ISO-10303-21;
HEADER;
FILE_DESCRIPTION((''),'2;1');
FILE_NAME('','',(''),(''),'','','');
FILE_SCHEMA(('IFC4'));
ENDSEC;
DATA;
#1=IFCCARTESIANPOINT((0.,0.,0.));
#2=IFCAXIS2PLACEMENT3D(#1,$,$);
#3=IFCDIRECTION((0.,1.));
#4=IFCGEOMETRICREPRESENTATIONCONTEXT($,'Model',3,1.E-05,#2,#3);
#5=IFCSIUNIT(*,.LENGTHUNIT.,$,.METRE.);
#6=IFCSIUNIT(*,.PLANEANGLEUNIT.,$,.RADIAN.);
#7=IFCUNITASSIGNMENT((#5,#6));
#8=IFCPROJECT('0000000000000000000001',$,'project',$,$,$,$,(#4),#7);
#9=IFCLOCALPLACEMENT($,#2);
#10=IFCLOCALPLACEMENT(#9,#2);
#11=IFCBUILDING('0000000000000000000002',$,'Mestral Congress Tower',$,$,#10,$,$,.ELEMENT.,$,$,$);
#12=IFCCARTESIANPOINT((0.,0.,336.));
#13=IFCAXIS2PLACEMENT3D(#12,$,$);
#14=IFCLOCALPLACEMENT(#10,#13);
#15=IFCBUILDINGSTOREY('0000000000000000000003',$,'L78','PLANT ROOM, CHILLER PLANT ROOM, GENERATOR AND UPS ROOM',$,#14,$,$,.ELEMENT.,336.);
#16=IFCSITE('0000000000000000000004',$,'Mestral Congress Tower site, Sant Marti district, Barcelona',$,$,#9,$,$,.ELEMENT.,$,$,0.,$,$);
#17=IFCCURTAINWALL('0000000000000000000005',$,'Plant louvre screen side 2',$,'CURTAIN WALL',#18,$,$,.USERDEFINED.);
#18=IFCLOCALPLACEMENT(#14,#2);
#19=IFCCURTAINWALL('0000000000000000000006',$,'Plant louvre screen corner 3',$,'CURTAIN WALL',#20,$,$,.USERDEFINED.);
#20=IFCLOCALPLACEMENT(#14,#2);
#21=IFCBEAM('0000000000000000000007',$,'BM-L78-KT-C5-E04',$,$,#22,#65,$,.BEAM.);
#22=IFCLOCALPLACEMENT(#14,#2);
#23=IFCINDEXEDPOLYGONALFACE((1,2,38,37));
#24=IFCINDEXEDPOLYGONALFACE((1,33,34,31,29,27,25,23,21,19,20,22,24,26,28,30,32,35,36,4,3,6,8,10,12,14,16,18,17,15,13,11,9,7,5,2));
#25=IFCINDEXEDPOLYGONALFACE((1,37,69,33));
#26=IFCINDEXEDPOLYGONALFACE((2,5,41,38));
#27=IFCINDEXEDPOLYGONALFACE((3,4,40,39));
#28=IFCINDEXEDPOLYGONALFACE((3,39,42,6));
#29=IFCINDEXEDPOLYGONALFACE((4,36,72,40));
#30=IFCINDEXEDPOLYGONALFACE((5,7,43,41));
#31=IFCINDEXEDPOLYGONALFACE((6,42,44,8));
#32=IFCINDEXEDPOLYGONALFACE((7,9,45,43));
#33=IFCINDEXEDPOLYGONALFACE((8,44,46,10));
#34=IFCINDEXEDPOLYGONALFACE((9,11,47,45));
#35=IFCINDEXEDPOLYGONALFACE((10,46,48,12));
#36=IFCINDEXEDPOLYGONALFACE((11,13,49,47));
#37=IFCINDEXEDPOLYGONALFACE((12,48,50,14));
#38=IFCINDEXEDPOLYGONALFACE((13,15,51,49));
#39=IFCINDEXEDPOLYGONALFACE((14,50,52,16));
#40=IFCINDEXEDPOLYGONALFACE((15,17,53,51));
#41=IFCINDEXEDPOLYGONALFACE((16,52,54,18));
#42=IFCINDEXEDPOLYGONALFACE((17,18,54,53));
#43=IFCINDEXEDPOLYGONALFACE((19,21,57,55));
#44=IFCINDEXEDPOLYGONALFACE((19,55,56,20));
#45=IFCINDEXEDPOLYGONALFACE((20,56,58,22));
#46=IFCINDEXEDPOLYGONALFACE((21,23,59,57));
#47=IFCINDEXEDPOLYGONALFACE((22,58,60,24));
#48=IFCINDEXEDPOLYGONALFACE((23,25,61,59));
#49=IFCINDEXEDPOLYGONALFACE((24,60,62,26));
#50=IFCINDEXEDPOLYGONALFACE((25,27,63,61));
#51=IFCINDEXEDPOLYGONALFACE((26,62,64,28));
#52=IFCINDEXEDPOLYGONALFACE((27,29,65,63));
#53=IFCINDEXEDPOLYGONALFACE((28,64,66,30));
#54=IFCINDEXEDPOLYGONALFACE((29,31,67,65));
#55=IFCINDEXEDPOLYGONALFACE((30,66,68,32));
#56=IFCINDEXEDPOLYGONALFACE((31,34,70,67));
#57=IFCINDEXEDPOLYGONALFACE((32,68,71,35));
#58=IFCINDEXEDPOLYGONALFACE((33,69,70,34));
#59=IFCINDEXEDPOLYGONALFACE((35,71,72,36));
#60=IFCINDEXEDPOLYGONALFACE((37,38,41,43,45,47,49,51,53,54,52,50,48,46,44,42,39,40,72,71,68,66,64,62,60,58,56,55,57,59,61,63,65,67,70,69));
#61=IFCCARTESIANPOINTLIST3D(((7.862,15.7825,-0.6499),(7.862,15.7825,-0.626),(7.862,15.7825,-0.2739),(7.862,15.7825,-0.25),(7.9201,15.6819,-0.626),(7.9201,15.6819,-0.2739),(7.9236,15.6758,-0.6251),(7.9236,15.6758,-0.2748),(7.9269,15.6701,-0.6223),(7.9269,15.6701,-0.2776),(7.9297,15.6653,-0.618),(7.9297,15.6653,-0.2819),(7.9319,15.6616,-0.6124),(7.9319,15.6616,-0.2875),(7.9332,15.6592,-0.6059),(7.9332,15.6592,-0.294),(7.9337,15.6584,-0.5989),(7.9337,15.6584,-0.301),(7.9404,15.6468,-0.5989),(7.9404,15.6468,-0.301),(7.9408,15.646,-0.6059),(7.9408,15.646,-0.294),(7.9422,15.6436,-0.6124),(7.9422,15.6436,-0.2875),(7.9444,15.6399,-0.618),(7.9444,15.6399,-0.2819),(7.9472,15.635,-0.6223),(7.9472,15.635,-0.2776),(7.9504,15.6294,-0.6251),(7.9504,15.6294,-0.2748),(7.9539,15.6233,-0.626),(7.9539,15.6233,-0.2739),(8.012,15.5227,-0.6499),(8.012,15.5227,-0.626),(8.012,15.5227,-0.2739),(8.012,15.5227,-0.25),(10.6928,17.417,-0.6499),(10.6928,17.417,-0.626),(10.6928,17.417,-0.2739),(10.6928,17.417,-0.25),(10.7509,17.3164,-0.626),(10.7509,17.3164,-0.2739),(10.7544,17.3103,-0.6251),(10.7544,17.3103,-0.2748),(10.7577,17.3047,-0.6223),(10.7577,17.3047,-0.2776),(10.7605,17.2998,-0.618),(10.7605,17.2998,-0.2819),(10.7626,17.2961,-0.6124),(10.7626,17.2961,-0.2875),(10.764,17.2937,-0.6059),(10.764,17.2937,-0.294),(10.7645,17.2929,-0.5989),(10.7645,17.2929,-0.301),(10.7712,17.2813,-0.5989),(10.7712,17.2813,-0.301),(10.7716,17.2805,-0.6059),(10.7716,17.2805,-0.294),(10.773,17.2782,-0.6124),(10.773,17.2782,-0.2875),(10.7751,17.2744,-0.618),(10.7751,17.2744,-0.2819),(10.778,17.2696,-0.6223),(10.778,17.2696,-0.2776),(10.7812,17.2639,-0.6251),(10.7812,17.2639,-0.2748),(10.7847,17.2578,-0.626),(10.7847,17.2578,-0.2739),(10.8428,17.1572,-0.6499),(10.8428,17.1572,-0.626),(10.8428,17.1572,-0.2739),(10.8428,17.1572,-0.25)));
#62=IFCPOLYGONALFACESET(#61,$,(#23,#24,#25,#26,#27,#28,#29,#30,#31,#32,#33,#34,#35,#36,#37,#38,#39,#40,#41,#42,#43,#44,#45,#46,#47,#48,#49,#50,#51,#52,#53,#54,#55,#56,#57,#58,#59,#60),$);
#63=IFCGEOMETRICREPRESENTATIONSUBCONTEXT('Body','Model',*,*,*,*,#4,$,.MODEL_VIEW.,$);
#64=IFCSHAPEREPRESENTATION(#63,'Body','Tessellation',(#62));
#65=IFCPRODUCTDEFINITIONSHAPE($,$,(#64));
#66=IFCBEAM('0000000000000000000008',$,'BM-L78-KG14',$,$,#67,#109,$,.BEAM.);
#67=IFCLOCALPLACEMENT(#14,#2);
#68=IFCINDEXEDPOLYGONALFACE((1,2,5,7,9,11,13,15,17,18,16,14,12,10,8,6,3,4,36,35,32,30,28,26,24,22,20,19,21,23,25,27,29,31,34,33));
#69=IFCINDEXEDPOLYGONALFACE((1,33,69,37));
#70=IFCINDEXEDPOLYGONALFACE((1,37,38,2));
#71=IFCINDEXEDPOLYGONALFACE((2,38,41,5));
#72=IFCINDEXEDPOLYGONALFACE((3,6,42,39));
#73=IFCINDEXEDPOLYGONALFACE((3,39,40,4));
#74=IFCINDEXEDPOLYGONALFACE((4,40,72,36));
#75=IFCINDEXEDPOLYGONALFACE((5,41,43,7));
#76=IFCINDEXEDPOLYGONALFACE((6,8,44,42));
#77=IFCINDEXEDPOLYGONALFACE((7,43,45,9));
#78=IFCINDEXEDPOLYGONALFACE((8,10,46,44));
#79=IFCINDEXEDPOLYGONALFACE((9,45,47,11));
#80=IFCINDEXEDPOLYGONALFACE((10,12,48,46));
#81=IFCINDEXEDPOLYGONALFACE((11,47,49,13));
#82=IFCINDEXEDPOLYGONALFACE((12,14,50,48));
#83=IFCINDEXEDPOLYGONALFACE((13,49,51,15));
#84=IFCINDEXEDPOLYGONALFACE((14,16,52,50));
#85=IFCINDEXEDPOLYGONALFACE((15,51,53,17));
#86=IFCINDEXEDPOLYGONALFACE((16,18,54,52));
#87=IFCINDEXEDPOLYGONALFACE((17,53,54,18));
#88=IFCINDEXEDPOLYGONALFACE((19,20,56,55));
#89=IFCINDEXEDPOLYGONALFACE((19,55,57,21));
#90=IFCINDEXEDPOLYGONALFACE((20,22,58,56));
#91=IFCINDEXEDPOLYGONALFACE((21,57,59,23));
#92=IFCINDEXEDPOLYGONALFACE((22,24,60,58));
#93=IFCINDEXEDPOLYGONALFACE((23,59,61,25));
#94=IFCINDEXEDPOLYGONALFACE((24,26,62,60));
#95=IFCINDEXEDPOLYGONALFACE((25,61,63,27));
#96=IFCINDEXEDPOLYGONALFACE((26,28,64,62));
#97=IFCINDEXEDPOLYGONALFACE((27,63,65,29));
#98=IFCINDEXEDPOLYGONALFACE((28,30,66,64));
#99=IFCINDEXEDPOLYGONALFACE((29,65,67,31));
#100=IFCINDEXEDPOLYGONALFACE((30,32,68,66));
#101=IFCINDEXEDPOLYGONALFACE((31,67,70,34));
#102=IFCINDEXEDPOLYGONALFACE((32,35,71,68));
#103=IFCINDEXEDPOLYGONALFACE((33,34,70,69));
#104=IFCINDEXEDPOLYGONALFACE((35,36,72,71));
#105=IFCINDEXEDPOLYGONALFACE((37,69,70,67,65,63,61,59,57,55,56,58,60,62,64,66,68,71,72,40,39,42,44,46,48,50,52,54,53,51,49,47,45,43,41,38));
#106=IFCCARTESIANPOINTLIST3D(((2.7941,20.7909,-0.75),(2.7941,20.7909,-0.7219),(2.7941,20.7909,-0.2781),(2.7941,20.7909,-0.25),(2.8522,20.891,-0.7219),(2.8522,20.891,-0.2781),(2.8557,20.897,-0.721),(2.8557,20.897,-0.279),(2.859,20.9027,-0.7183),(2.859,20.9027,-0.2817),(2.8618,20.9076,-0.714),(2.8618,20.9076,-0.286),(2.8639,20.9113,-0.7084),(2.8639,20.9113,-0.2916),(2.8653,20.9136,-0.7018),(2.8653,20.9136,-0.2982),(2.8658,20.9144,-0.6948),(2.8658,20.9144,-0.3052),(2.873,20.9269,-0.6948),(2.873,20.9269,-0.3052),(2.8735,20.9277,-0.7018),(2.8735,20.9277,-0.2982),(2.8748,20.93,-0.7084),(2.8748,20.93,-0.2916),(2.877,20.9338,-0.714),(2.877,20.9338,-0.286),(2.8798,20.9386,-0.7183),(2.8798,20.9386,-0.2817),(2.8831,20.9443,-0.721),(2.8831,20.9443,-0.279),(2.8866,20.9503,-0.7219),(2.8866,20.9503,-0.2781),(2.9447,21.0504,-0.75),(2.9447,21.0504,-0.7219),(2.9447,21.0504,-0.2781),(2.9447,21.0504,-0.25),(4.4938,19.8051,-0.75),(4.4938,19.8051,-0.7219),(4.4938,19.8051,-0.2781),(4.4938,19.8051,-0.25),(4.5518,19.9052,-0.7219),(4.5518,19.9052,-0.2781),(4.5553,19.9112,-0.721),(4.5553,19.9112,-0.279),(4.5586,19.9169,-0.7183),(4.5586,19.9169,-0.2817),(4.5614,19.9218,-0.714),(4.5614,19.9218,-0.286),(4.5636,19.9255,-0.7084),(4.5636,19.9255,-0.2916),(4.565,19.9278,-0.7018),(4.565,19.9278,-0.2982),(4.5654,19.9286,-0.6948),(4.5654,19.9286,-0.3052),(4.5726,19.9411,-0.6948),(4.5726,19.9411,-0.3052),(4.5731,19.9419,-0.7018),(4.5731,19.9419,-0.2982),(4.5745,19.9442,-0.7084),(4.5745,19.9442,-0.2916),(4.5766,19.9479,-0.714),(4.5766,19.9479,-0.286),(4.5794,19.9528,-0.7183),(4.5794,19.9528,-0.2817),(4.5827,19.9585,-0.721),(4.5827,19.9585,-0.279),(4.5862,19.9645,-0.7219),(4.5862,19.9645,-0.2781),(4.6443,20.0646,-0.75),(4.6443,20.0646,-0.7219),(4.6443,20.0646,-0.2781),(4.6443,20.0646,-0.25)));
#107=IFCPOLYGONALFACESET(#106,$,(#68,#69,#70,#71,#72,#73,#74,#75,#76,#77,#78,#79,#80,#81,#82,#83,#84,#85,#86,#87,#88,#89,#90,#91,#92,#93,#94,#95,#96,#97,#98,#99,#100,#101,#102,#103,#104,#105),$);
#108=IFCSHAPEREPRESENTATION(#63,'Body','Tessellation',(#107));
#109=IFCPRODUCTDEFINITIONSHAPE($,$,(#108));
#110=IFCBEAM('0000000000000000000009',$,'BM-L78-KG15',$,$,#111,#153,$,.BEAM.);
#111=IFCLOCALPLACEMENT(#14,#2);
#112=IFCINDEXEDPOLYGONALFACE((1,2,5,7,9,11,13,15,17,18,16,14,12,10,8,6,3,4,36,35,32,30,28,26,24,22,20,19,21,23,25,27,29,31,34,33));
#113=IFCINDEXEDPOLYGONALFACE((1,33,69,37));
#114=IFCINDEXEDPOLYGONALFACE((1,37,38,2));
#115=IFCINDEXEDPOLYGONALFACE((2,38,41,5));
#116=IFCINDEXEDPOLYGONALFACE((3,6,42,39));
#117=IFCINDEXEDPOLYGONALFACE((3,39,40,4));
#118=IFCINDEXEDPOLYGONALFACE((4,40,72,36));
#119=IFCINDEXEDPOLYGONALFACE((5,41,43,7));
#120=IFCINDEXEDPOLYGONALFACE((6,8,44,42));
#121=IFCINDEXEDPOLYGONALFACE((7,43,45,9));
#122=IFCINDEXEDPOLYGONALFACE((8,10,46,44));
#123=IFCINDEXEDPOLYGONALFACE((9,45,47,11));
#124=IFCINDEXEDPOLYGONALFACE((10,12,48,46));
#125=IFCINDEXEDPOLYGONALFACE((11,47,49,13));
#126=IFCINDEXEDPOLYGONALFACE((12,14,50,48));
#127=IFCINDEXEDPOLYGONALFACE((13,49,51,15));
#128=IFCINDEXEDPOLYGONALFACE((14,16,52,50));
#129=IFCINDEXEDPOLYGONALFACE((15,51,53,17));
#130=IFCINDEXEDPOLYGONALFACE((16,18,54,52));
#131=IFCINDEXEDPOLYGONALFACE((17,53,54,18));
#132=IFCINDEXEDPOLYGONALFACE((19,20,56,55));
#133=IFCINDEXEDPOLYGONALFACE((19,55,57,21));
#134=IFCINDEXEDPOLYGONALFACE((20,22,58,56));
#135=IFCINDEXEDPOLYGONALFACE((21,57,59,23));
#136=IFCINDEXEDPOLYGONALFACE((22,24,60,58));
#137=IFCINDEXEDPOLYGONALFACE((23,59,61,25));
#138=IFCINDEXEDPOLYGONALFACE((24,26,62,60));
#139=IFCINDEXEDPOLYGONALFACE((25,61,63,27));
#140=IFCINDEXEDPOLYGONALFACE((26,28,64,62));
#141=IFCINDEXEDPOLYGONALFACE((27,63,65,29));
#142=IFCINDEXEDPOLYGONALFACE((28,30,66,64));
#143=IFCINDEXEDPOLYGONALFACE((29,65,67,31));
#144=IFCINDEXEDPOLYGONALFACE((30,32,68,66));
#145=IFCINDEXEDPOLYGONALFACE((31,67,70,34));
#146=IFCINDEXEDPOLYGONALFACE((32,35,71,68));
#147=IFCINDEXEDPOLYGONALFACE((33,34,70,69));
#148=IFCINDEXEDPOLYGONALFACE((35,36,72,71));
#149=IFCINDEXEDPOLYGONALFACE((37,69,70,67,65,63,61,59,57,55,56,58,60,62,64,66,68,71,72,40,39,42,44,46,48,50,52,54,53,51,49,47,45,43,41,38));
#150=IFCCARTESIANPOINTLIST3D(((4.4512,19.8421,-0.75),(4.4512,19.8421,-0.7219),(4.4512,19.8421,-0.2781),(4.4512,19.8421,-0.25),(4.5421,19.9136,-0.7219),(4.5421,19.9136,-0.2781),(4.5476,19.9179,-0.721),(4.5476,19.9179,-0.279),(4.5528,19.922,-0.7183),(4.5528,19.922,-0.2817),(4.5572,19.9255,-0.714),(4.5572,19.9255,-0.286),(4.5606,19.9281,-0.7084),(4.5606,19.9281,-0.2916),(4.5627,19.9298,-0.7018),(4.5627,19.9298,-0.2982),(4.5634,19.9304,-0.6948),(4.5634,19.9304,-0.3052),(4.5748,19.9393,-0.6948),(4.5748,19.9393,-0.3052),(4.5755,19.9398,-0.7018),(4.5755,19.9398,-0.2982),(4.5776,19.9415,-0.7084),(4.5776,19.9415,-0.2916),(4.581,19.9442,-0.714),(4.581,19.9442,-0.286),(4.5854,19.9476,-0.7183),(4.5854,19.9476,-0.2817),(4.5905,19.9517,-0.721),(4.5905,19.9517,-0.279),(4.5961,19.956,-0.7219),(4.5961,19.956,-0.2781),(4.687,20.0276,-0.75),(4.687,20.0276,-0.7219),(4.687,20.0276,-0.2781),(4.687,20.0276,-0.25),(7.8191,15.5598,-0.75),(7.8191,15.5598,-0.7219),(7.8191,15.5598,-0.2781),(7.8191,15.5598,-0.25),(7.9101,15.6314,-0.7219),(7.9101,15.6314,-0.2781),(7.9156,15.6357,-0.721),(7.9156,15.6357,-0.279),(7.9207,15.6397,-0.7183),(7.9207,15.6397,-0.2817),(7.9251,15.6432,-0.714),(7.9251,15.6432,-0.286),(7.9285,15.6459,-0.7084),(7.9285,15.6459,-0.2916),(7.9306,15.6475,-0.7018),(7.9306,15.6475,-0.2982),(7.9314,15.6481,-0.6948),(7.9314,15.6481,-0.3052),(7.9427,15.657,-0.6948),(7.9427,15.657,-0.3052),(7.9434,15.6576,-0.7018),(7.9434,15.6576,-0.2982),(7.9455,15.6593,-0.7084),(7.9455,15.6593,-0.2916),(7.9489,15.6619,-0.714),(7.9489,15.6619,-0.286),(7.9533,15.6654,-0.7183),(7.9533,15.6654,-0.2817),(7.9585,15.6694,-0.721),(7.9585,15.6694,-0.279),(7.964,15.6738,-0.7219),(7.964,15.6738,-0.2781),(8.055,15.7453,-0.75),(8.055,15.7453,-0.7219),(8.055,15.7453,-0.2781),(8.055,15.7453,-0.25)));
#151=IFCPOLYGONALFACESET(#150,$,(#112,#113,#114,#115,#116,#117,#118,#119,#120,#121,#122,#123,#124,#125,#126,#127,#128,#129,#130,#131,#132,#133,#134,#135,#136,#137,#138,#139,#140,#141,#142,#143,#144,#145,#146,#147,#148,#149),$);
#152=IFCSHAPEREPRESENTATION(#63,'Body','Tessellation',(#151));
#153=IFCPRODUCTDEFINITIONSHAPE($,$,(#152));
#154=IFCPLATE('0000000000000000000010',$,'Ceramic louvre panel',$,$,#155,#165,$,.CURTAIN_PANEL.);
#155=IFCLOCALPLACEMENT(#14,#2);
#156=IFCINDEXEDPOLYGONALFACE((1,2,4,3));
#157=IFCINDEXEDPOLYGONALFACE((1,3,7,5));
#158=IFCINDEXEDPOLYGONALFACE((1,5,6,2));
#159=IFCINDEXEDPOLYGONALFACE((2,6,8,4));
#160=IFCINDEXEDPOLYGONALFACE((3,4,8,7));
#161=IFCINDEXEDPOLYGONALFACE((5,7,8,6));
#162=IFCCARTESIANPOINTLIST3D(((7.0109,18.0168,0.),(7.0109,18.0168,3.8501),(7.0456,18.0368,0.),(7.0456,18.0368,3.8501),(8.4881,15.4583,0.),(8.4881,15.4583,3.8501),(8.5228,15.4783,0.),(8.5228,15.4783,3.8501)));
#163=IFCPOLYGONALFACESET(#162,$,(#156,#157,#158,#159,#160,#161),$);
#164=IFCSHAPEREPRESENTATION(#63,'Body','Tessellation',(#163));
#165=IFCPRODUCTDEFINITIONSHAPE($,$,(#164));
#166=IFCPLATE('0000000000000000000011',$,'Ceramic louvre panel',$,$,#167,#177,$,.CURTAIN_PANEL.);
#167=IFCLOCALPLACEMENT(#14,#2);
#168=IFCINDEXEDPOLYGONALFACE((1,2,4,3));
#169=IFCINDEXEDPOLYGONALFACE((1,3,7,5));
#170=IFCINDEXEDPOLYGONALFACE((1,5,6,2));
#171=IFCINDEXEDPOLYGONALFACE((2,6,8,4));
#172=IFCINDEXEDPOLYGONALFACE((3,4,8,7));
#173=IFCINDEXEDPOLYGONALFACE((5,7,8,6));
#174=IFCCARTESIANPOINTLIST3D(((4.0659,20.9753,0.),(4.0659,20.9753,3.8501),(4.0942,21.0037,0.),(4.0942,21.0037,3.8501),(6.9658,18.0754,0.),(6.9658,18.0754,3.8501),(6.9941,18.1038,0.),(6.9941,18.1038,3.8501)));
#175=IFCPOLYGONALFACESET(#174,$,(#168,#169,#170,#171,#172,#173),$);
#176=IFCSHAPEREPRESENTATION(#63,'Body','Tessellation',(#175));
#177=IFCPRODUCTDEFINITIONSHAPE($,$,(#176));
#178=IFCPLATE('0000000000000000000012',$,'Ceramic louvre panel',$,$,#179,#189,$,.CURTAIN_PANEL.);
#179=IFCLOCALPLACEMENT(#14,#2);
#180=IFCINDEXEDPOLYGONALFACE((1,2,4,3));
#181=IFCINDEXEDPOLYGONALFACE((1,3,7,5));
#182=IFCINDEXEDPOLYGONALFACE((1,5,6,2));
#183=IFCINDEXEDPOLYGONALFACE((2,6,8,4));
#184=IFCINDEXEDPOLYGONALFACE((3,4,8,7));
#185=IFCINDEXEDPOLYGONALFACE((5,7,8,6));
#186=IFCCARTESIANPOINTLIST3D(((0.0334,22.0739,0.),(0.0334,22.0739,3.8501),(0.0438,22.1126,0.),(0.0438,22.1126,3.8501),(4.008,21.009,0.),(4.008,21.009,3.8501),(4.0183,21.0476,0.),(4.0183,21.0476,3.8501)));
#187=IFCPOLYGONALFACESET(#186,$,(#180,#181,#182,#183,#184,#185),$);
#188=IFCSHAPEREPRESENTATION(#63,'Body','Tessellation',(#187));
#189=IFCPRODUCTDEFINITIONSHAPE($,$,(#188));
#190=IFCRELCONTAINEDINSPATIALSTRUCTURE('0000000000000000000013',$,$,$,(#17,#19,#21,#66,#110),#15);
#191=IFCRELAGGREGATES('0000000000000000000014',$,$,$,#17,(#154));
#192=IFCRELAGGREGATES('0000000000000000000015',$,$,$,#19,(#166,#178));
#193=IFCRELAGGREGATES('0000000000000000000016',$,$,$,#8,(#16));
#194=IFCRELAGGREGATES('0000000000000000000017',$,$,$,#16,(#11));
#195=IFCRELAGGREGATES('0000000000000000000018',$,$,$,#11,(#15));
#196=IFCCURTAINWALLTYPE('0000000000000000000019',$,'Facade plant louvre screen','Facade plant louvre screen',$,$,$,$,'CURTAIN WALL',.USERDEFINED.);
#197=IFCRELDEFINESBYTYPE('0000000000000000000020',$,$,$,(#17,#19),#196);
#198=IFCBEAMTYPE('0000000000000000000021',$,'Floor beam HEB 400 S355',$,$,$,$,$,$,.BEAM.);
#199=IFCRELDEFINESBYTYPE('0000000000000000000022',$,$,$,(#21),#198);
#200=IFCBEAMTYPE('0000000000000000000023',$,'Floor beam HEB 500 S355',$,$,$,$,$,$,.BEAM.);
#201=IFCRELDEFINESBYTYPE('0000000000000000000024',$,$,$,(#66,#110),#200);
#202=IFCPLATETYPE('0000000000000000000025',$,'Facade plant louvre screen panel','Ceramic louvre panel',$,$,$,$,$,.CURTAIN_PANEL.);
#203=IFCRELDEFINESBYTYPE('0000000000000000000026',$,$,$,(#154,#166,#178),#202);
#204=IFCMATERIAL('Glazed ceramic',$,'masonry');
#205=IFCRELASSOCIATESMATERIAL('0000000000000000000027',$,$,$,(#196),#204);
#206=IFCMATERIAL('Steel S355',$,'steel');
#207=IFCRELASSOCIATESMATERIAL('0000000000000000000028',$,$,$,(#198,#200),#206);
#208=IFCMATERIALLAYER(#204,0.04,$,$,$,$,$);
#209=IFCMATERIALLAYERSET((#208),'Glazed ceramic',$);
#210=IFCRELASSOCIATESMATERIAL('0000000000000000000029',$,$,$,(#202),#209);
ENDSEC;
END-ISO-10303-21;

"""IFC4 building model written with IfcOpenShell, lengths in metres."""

from ifc_helpers import new_model, si_unit, direction, frame, origin, origin_2d, place, context, subcontext, project, spatial, rectangle, i_section, extrude, material, layer, layer_set, material_profile, profile_set, type_object, element, aggregate, save


model = new_model("IFC4")

# Units and contexts
model_context = context("Model", 3, precision=1e-05, world=origin(), true_north=direction((0.0, 1.0)))
body_context = subcontext(model_context, "Body", "Model", "MODEL_VIEW")
ifc_project = project(units=[si_unit("LENGTHUNIT", "METRE"), si_unit("PLANEANGLEUNIT", "RADIAN")], contexts=[model_context])

# Site, building, storey
site_placement = place(None, origin())
site = spatial("IfcSite", under=ifc_project, at=site_placement, Name="Mestral Congress Tower site, Sant Marti district, Barcelona", CompositionType="ELEMENT", RefElevation=0.0)
building_placement = place(site_placement, origin())
building = spatial("IfcBuilding", under=site, at=building_placement, Name="Mestral Congress Tower", CompositionType="ELEMENT")
storey_placement = place(building_placement, frame((0.0, 0.0, 336.0)))
storey = spatial("IfcBuildingStorey", under=building, at=storey_placement, Name="L78", Description="PLANT ROOM, CHILLER PLANT ROOM, GENERATOR AND UPS ROOM", CompositionType="ELEMENT", Elevation=336.0)

# Shared definitions
ifc_material_1 = material(Name="Steel S355", Category="steel")

# Curtain wall
ifc_material_2 = material(Name="Glazed ceramic", Category="masonry")
curtain_wall_type = type_object("IfcCurtainWallType", Name="Facade plant louvre screen", Description="Facade plant louvre screen", ElementType="CURTAIN WALL", PredefinedType="USERDEFINED", material=ifc_material_2)
placement = place(storey_placement, origin())
curtain_wall_1 = element("IfcCurtainWall", 1, at=placement, inside=storey, type_object=curtain_wall_type, Name="Plant louvre screen side 2", ObjectType="CURTAIN WALL", PredefinedType="USERDEFINED")

# Curtain wall
curtain_wall_2 = element("IfcCurtainWall", 2, at=placement, inside=storey, type_object=curtain_wall_type, Name="Plant louvre screen corner 3", ObjectType="CURTAIN WALL", PredefinedType="USERDEFINED")

# Beams
ifc_material_profile_1 = material_profile(ifc_material_1, i_section(OverallWidth=0.3, OverallDepth=0.3999, WebThickness=0.0134, FlangeThickness=0.0239, FilletRadius=0.0271, at=origin_2d()), Name="HEB 400")
ifc_profile_set_1 = profile_set([ifc_material_profile_1], Name="Steel S355")
beam_type_1 = type_object("IfcBeamType", Name="Floor beam HEB 400 S355", PredefinedType="BEAM", material=ifc_profile_set_1)
beam_1_placement = place(storey_placement, frame((10.7678, 17.2871, -0.45), z_axis=(-0.866005, -0.500035, 0.0), x_axis=(0.500035, -0.866005, 0.0)))
element("IfcBeam", 3, at=beam_1_placement, inside=storey, type_object=beam_type_1, Name="BM-L78-KT-C5-E04", PredefinedType="BEAM", context=body_context, shape_type="SweptSolid", body=[
    extrude(i_section(OverallWidth=0.3, OverallDepth=0.3999, WebThickness=0.0134, FlangeThickness=0.0239, FilletRadius=0.0271, at=origin_2d()), origin(), (0.0, 0.0, 1.0), 3.2688),
])
ifc_material_profile_2 = material_profile(ifc_material_1, i_section(OverallWidth=0.3, OverallDepth=0.5, WebThickness=0.0144, FlangeThickness=0.0281, FilletRadius=0.0271, at=origin_2d()), Name="HEB 500")
ifc_profile_set_2 = profile_set([ifc_material_profile_2], Name="Steel S355")
beam_type_2 = type_object("IfcBeamType", Name="Floor beam HEB 500 S355", PredefinedType="BEAM", material=ifc_profile_set_2)
beam_2_placement = place(storey_placement, frame((2.8694, 20.9207, -0.5), z_axis=(0.865029, -0.501722, 0.0), x_axis=(0.501722, 0.865029, 0.0)))
element("IfcBeam", 4, at=beam_2_placement, inside=storey, type_object=beam_type_2, Name="BM-L78-KG14", PredefinedType="BEAM", context=body_context, shape_type="SweptSolid", body=[
    extrude(i_section(OverallWidth=0.3, OverallDepth=0.5, WebThickness=0.0144, FlangeThickness=0.0281, FilletRadius=0.0271, at=origin_2d()), origin(), (0.0, 0.0, 1.0), 1.9648),
])
beam_3_placement = place(storey_placement, frame((4.5691, 19.9348, -0.5), z_axis=(0.618198, -0.786023, 0.0), x_axis=(0.786023, 0.618198, 0.0)))
element("IfcBeam", 5, at=beam_3_placement, inside=storey, type_object=beam_type_2, Name="BM-L78-KG15", PredefinedType="BEAM", context=body_context, shape_type="SweptSolid", body=[
    extrude(i_section(OverallWidth=0.3, OverallDepth=0.5, WebThickness=0.0144, FlangeThickness=0.0281, FilletRadius=0.0271, at=origin_2d()), origin(), (0.0, 0.0, 1.0), 5.448),
])

# Plates
ifc_layer_1 = layer(ifc_material_2, 0.04)
ifc_layer_set_1 = layer_set([ifc_layer_1], Name="Glazed ceramic")
plate_type = type_object("IfcPlateType", Name="Facade plant louvre screen panel", Description="Ceramic louvre panel", PredefinedType="CURTAIN_PANEL", material=ifc_layer_set_1)
plate_1_placement = place(storey_placement, frame((7.7668, 16.7476, 0.0), z_axis=(0.0, 0.0, 1.0), x_axis=(-0.500002, 0.866025, 0.0)))
plate_1 = element("IfcPlate", 6, at=plate_1_placement, type_object=plate_type, Name="Ceramic louvre panel", PredefinedType="CURTAIN_PANEL", context=body_context, shape_type="SweptSolid", body=[
    extrude(rectangle(XDim=2.9543, YDim=0.04, at=origin_2d()), origin(), (0.0, 0.0, 1.0), 3.8501),
])
aggregate(curtain_wall_1, [plate_1])
plate_2_placement = place(storey_placement, frame((5.53, 19.5396, 0.0), z_axis=(0.0, 0.0, 1.0), x_axis=(-0.707107, 0.707107, 0.0)))
plate_2 = element("IfcPlate", 7, at=plate_2_placement, type_object=plate_type, Name="Ceramic louvre panel", PredefinedType="CURTAIN_PANEL", context=body_context, shape_type="SweptSolid", body=[
    extrude(rectangle(XDim=4.1011, YDim=0.04, at=origin_2d()), origin(), (0.0, 0.0, 1.0), 3.8501),
])
plate_3_placement = place(storey_placement, frame((2.0259, 21.5608, 0.0), z_axis=(0.0, 0.0, 1.0), x_axis=(-0.965926, 0.258819, 0.0)))
plate_3 = element("IfcPlate", 8, at=plate_3_placement, type_object=plate_type, Name="Ceramic louvre panel", PredefinedType="CURTAIN_PANEL", context=body_context, shape_type="SweptSolid", body=[
    extrude(rectangle(XDim=4.1147, YDim=0.04, at=origin_2d()), origin(), (0.0, 0.0, 1.0), 3.8501),
])
aggregate(curtain_wall_2, [plate_2, plate_3])

save(model, "model.ifc")
